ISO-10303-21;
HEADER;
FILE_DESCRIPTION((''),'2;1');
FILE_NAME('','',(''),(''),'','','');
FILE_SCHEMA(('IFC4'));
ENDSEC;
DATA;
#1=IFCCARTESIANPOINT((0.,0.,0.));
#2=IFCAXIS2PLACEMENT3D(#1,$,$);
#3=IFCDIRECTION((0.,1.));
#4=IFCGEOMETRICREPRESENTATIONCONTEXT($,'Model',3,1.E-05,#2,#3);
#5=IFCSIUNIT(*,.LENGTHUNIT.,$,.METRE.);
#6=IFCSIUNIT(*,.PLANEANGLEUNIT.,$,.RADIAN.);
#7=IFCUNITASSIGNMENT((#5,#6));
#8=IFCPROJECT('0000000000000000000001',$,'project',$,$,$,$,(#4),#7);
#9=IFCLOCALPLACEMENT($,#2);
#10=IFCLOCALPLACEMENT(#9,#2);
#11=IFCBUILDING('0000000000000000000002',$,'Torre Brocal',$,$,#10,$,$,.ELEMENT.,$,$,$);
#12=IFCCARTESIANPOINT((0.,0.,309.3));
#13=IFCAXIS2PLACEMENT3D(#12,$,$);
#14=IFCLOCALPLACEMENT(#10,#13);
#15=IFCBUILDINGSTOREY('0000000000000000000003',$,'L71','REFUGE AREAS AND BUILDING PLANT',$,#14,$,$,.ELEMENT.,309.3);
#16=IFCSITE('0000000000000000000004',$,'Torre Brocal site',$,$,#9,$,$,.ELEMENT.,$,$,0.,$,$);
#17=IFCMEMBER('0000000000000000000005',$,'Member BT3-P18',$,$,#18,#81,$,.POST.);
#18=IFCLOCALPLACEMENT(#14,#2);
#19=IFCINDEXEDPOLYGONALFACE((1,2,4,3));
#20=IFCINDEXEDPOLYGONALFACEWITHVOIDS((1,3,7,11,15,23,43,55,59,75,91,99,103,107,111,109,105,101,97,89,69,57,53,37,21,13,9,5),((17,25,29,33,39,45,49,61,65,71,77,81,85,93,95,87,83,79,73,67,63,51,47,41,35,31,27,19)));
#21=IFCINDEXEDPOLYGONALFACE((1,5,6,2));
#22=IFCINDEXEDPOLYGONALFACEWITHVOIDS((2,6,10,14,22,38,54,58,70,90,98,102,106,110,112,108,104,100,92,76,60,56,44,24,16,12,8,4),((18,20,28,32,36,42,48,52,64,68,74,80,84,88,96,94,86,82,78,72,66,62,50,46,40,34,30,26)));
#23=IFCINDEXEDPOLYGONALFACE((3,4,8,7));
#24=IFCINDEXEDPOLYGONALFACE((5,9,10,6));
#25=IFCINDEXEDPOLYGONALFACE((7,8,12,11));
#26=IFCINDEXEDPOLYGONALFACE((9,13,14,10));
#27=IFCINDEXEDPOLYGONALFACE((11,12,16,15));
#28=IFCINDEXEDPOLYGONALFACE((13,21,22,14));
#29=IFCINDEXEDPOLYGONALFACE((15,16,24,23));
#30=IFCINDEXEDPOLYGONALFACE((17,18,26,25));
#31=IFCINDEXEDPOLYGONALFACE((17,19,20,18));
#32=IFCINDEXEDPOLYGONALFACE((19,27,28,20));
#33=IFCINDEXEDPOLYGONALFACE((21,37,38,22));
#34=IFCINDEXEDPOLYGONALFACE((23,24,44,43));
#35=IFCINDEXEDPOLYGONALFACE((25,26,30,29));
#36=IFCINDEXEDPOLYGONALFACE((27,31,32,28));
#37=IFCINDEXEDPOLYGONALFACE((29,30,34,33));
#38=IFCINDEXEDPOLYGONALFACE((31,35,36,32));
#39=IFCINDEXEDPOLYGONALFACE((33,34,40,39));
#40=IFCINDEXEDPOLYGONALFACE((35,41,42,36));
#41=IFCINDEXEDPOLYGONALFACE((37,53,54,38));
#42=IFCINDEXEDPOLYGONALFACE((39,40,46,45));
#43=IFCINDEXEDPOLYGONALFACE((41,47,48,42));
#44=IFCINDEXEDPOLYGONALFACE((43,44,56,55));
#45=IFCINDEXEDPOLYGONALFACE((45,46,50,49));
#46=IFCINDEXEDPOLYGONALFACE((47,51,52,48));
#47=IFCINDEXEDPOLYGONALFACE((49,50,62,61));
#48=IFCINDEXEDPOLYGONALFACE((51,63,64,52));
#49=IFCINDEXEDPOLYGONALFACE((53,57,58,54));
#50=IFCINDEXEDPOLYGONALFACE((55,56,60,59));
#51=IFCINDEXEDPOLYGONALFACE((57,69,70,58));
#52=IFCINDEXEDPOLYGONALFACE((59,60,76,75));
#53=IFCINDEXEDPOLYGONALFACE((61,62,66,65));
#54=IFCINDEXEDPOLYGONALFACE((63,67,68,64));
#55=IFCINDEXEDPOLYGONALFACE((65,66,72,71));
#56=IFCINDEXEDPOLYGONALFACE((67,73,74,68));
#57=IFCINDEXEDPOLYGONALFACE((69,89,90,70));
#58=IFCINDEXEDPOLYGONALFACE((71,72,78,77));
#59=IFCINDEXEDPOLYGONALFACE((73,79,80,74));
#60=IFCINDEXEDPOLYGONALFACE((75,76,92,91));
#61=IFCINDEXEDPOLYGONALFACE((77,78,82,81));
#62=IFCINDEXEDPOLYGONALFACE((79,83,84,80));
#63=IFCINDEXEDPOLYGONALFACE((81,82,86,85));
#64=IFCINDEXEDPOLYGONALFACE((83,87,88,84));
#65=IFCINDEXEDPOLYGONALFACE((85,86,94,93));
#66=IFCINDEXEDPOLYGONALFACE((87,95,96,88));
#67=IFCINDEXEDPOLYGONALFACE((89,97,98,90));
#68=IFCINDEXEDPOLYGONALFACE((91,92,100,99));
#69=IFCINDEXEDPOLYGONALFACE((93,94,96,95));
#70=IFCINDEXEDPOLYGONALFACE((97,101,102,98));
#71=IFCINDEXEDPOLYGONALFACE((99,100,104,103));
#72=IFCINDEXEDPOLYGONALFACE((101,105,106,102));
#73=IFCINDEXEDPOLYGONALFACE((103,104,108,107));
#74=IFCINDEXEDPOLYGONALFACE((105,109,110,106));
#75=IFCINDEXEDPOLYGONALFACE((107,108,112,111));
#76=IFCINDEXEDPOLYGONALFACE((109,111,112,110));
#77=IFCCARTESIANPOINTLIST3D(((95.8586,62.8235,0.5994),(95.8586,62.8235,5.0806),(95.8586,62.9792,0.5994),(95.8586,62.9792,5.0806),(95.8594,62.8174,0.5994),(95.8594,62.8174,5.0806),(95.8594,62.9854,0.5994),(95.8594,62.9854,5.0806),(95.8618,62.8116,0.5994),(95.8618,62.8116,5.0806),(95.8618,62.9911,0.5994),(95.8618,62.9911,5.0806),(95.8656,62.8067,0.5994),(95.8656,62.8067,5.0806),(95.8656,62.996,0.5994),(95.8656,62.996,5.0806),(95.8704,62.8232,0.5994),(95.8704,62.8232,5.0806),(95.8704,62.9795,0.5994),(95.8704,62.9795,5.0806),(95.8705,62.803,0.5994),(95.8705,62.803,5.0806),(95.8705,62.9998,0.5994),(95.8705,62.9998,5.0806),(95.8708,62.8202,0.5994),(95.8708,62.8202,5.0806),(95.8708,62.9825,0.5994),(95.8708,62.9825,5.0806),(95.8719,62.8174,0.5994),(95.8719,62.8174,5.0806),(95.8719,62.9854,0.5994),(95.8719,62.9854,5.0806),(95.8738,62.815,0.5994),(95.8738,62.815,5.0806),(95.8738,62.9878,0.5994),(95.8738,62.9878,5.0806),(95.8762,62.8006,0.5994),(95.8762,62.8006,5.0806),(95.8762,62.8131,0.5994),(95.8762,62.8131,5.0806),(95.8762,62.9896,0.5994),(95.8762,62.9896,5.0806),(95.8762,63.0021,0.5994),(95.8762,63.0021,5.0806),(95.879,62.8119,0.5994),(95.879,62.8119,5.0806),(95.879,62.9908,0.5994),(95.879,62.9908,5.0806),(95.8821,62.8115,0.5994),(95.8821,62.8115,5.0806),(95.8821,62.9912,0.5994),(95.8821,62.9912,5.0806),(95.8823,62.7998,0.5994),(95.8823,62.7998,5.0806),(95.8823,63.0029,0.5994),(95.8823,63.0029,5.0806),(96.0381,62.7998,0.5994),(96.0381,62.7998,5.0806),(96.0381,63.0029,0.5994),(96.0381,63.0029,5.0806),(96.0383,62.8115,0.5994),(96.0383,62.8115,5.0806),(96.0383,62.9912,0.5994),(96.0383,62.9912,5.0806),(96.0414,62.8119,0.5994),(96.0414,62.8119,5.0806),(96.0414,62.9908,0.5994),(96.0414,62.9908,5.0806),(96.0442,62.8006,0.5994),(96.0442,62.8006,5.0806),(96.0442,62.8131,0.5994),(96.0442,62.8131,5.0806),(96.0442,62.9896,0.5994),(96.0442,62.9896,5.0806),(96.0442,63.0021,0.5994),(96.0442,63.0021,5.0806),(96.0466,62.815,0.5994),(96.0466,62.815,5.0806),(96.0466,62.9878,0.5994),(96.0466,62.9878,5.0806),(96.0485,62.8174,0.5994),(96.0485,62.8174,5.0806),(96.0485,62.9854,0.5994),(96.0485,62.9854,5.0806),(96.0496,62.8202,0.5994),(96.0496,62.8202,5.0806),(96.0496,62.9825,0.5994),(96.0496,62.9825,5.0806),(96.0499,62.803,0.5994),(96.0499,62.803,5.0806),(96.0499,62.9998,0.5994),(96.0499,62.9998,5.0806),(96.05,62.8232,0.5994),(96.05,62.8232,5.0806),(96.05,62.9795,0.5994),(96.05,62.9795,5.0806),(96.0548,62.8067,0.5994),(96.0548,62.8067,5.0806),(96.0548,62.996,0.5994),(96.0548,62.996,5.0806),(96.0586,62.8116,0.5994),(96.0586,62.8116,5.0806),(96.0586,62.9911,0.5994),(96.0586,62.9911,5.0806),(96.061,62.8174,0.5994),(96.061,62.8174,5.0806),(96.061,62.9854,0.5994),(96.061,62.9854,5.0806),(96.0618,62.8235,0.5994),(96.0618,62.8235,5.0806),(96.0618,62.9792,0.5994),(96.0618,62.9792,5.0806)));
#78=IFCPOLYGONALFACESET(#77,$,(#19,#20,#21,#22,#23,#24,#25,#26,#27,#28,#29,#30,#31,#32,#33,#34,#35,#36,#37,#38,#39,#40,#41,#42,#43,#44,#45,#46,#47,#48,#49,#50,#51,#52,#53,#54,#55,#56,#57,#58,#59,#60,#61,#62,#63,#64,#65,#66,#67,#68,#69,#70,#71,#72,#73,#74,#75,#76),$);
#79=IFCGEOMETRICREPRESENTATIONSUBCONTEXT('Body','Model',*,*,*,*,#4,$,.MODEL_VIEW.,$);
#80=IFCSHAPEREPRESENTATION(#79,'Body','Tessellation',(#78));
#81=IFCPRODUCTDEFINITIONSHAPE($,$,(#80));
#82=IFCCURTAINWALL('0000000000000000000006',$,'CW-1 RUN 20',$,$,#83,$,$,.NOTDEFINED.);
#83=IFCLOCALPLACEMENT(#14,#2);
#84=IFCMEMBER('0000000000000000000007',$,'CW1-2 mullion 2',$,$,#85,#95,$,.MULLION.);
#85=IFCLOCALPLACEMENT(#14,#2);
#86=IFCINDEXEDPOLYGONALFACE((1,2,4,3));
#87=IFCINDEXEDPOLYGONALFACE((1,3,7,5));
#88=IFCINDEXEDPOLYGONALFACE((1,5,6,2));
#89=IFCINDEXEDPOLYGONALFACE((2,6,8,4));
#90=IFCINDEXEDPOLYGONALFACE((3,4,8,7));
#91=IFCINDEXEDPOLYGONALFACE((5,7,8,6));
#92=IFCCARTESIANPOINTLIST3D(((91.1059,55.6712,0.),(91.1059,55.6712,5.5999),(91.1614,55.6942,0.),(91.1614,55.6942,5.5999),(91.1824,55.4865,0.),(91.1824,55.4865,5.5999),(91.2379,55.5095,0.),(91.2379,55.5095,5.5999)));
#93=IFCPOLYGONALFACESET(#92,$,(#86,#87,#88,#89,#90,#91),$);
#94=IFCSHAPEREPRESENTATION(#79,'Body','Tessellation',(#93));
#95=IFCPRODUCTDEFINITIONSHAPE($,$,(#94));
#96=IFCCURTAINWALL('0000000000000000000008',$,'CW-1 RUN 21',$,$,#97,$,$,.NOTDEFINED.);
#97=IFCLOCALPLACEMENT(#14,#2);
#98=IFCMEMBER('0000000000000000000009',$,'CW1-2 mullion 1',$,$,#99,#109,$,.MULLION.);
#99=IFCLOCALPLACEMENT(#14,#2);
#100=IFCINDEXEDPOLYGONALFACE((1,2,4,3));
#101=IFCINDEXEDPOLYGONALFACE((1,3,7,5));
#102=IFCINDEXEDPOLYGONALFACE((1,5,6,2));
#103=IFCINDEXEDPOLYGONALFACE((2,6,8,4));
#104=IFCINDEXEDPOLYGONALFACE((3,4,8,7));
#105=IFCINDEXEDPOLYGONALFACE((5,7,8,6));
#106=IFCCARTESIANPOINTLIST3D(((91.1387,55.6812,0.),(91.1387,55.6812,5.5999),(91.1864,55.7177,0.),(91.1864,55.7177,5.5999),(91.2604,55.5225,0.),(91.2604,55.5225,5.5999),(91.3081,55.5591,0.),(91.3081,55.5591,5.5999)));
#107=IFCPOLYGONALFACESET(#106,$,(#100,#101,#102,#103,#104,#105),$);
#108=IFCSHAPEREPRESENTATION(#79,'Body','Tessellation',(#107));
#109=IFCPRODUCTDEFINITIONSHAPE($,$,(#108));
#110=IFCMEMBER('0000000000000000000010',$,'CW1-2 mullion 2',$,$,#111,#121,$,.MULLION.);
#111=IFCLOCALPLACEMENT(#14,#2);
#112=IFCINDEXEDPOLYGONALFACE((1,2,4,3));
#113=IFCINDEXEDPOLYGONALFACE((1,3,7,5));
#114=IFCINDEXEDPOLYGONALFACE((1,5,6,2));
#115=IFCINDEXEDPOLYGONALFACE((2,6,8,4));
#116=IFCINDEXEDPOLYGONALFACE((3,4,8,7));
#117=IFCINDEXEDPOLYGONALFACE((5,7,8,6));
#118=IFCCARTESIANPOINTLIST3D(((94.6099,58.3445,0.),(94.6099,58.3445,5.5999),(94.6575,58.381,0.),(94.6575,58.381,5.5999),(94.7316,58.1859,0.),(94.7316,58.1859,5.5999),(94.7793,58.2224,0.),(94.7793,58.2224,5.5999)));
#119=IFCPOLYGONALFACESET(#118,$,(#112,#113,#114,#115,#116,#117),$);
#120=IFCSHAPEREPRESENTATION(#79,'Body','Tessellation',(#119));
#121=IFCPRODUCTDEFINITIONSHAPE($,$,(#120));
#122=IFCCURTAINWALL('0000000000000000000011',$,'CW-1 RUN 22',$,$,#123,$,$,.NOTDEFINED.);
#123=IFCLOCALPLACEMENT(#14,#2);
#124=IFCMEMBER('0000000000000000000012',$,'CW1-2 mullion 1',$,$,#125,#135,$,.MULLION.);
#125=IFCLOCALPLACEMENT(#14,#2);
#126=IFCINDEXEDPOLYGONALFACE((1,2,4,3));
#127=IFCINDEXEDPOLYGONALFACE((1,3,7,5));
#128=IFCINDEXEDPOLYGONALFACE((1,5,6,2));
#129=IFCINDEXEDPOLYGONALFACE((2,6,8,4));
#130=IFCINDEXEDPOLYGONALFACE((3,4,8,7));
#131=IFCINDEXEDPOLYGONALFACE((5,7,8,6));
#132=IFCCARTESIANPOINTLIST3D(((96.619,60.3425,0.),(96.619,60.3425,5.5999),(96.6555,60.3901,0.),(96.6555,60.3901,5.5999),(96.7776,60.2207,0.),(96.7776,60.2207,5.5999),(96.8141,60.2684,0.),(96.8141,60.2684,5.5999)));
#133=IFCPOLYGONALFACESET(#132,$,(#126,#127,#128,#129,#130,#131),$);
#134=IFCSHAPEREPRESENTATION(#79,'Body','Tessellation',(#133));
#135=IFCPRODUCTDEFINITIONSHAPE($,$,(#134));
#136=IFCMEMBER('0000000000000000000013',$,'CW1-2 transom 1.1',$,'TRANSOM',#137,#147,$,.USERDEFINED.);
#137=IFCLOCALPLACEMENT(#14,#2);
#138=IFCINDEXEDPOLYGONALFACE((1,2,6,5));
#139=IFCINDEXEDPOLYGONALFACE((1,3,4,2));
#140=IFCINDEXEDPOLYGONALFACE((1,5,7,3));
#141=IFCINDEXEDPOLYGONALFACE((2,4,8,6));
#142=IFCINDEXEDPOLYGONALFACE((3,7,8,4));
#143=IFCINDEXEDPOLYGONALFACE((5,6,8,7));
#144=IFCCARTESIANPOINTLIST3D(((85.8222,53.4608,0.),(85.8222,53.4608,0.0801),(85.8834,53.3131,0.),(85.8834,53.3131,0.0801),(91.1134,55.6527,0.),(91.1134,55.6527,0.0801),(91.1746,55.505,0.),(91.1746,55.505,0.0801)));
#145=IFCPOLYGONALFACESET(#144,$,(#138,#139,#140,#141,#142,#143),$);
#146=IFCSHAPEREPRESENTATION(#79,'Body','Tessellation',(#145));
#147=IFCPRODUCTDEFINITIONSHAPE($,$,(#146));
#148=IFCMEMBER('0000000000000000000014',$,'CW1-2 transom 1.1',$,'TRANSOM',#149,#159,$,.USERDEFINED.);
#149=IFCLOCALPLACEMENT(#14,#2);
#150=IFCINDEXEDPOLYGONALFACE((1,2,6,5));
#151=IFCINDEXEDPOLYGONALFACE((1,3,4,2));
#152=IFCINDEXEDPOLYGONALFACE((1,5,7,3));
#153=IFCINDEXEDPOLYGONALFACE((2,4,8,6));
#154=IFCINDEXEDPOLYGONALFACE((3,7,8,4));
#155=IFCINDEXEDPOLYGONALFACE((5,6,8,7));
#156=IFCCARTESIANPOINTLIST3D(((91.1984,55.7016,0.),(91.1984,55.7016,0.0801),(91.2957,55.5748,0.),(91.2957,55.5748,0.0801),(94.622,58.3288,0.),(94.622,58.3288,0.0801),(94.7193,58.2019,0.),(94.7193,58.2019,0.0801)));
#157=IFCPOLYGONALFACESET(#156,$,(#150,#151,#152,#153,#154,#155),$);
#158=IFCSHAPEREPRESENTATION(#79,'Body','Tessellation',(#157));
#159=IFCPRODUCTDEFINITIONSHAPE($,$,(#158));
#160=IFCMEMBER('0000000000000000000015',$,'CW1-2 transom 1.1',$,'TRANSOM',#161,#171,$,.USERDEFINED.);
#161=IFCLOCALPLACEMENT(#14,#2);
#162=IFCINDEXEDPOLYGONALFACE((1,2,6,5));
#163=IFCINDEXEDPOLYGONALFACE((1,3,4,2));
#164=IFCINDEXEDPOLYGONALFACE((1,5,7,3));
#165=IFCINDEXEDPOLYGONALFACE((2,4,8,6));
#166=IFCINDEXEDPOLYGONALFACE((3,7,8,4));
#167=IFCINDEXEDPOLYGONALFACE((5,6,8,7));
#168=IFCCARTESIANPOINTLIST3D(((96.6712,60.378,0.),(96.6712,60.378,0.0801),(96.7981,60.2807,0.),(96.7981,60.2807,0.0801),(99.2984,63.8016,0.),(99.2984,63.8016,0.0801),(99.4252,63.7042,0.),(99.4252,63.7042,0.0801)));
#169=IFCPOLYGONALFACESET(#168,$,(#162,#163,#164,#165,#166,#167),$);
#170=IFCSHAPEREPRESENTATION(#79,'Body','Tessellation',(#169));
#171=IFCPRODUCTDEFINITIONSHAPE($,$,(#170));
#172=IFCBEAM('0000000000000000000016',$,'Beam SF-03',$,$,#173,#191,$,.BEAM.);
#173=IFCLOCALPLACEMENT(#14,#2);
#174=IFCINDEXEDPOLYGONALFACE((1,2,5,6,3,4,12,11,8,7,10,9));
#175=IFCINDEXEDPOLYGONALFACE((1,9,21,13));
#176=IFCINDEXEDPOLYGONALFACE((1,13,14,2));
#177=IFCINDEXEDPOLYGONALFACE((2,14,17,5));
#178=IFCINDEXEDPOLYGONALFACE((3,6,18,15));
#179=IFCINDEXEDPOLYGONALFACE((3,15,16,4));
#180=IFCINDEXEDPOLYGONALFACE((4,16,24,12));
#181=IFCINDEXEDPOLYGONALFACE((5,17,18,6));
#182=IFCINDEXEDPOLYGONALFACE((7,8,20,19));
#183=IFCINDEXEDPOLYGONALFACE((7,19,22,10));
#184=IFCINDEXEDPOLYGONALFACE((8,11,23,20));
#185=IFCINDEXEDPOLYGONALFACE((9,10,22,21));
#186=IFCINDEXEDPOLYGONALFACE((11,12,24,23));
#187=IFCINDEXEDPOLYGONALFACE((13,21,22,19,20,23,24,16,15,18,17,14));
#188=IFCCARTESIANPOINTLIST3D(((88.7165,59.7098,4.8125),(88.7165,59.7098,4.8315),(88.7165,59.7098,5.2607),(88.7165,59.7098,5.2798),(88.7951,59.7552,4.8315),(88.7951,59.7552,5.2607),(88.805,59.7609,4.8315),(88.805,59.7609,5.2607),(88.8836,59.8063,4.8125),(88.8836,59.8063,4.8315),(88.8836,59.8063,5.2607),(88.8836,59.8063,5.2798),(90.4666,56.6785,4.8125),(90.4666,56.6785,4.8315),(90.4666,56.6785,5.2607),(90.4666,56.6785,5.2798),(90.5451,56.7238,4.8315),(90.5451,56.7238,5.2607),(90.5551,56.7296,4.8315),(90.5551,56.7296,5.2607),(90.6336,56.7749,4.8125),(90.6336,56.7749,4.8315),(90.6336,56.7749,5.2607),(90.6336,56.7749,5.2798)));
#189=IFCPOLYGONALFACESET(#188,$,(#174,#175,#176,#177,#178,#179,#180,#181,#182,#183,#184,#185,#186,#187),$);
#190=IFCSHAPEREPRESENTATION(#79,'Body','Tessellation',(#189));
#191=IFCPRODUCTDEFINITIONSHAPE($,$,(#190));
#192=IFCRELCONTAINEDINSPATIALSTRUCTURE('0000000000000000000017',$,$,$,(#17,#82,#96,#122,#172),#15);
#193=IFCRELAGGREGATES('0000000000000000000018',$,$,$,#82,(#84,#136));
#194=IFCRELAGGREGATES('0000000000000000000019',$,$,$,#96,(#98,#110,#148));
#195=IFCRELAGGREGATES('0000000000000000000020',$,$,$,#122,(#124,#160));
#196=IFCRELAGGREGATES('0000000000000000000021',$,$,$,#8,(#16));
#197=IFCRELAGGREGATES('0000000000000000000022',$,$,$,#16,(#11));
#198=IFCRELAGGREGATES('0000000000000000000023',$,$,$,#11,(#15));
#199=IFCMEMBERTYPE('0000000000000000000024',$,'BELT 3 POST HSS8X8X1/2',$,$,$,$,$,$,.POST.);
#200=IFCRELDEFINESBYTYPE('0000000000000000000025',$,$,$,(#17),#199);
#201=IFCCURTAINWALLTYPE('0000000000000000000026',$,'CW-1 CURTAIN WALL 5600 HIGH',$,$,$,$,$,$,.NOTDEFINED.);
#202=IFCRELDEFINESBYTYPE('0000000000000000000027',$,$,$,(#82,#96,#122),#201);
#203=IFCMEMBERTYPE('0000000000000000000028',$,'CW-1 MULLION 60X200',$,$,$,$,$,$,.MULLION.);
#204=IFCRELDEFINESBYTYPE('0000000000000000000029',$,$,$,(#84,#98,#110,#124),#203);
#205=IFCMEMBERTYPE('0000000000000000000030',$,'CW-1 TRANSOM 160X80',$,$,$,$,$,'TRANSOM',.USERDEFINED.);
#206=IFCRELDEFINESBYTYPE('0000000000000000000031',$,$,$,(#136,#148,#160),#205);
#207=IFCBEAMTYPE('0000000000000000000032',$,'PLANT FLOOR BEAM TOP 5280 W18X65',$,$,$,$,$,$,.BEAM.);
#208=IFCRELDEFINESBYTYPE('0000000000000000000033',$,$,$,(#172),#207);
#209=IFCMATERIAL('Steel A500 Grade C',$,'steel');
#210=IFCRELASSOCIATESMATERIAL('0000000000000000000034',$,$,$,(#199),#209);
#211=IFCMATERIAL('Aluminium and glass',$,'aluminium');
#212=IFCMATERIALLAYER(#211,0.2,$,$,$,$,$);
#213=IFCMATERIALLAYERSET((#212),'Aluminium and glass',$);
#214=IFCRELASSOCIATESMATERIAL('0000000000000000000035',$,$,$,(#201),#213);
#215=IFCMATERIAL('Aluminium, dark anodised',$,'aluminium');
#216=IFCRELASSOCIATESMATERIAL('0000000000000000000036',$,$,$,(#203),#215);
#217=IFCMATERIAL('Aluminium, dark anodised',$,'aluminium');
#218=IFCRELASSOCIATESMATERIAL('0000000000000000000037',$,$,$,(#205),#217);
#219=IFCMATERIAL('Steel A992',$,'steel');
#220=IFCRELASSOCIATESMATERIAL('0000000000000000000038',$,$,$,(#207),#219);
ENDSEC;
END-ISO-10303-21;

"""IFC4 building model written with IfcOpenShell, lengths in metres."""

from ifc_helpers import new_model, si_unit, direction, frame, origin, origin_2d, place, context, subcontext, project, spatial, rectangle, hollow_rectangle, i_section, extrude, material, layer, layer_set, material_profile, profile_set, type_object, element, aggregate, save


model = new_model("IFC4")

# Units and contexts
model_context = context("Model", 3, precision=1e-05, world=origin(), true_north=direction((0.0, 1.0)))
body_context = subcontext(model_context, "Body", "Model", "MODEL_VIEW")
ifc_project = project(units=[si_unit("LENGTHUNIT", "METRE"), si_unit("PLANEANGLEUNIT", "RADIAN")], contexts=[model_context])

# Site, building, storey
site_placement = place(None, origin())
site = spatial("IfcSite", under=ifc_project, at=site_placement, Name="Torre Brocal site", CompositionType="ELEMENT", RefElevation=0.0)
building_placement = place(site_placement, origin())
building = spatial("IfcBuilding", under=site, at=building_placement, Name="Torre Brocal", CompositionType="ELEMENT")
storey_placement = place(building_placement, frame((0.0, 0.0, 309.3)))
storey = spatial("IfcBuildingStorey", under=building, at=storey_placement, Name="L71", Description="REFUGE AREAS AND BUILDING PLANT", CompositionType="ELEMENT", Elevation=309.3)

# Member
ifc_material_1 = material(Name="Steel A500 Grade C", Category="steel")
ifc_material_profile_1 = material_profile(ifc_material_1, hollow_rectangle(XDim=0.2031, YDim=0.2031, WallThickness=0.0117, InnerFilletRadius=0.0117, OuterFilletRadius=0.0237, at=origin_2d()), Name="HSS8X8X1/2")
ifc_profile_set_1 = profile_set([ifc_material_profile_1], Name="Steel A500 Grade C")
member_type_1 = type_object("IfcMemberType", Name="BELT 3 POST HSS8X8X1/2", PredefinedType="POST", material=ifc_profile_set_1)
for number, where, z_axis, x_axis, name in (
    (1, (95.9602, 62.9014, 0.5994), (0.0, 0.0, 1.0), (1.0, 0.0, 0.0), "Member BT3-P18"),
):
    element("IfcMember", number, at=place(storey_placement, frame(where, z_axis=z_axis, x_axis=x_axis)), inside=storey, type_object=member_type_1, Name=name, PredefinedType="POST", context=body_context, shape_type="SweptSolid", body=[
        extrude(hollow_rectangle(XDim=0.2031, YDim=0.2031, WallThickness=0.0117, InnerFilletRadius=0.0117, OuterFilletRadius=0.0237, at=origin_2d()), origin(), (0.0, 0.0, 1.0), 4.4812),
    ])

# Curtain wall, member
ifc_material_2 = material(Name="Aluminium and glass", Category="aluminium")
ifc_layer_1 = layer(ifc_material_2, 0.2)
ifc_layer_set_1 = layer_set([ifc_layer_1], Name="Aluminium and glass")
curtain_wall_type = type_object("IfcCurtainWallType", Name="CW-1 CURTAIN WALL 5600 HIGH", PredefinedType="NOTDEFINED", material=ifc_layer_set_1)
curtain_wall_1_placement = place(storey_placement, origin())
curtain_wall_1 = element("IfcCurtainWall", 2, at=curtain_wall_1_placement, inside=storey, type_object=curtain_wall_type, Name="CW-1 RUN 20", PredefinedType="NOTDEFINED")
ifc_material_3 = material(Name="Aluminium, dark anodised", Category="aluminium")
ifc_material_profile_2 = material_profile(ifc_material_3, rectangle(XDim=0.2, YDim=0.0601, at=origin_2d()), Name="CW-1 MULLION 60X200")
ifc_profile_set_2 = profile_set([ifc_material_profile_2], Name="Aluminium, dark anodised")
member_type_2 = type_object("IfcMemberType", Name="CW-1 MULLION 60X200", PredefinedType="MULLION", material=ifc_profile_set_2)
member_1_placement = place(storey_placement, frame((91.1719, 55.5903, 0.0), z_axis=(0.0, 0.0, 1.0), x_axis=(-0.382683, 0.92388, 0.0)))
member_1 = element("IfcMember", 3, at=member_1_placement, type_object=member_type_2, Name="CW1-2 mullion 2", PredefinedType="MULLION", context=body_context, shape_type="SweptSolid", body=[
    extrude(rectangle(XDim=0.2, YDim=0.0601, at=origin_2d()), origin(), (0.0, 0.0, 1.0), 5.5999),
])

# Curtain wall, members
curtain_wall_2_placement = place(storey_placement, origin())
curtain_wall_2 = element("IfcCurtainWall", 4, at=curtain_wall_2_placement, inside=storey, type_object=curtain_wall_type, Name="CW-1 RUN 21", PredefinedType="NOTDEFINED")
member_2_placement = place(storey_placement, frame((91.2234, 55.6201, 0.0), z_axis=(0.0, 0.0, 1.0), x_axis=(-0.608761, 0.793353, 0.0)))
member_2 = element("IfcMember", 5, at=member_2_placement, type_object=member_type_2, Name="CW1-2 mullion 1", PredefinedType="MULLION", context=body_context, shape_type="SweptSolid", body=[
    extrude(rectangle(XDim=0.2, YDim=0.0601, at=origin_2d()), origin(), (0.0, 0.0, 1.0), 5.5999),
])
member_3_placement = place(storey_placement, frame((94.6946, 58.2834, 0.0), z_axis=(0.0, 0.0, 1.0), x_axis=(-0.608761, 0.793353, 0.0)))
member_3 = element("IfcMember", 6, at=member_3_placement, type_object=member_type_2, Name="CW1-2 mullion 2", PredefinedType="MULLION", context=body_context, shape_type="SweptSolid", body=[
    extrude(rectangle(XDim=0.2, YDim=0.0601, at=origin_2d()), origin(), (0.0, 0.0, 1.0), 5.5999),
])

# Curtain wall, member
curtain_wall_3_placement = place(storey_placement, origin())
curtain_wall_3 = element("IfcCurtainWall", 7, at=curtain_wall_3_placement, inside=storey, type_object=curtain_wall_type, Name="CW-1 RUN 22", PredefinedType="NOTDEFINED")
member_4_placement = place(storey_placement, frame((96.7166, 60.3054, 0.0), z_axis=(0.0, 0.0, 1.0), x_axis=(-0.793353, 0.608761, 0.0)))
member_4 = element("IfcMember", 8, at=member_4_placement, type_object=member_type_2, Name="CW1-2 mullion 1", PredefinedType="MULLION", context=body_context, shape_type="SweptSolid", body=[
    extrude(rectangle(XDim=0.2, YDim=0.0601, at=origin_2d()), origin(), (0.0, 0.0, 1.0), 5.5999),
])

# Members
ifc_material_4 = material(Name="Aluminium, dark anodised", Category="aluminium")
ifc_material_profile_3 = material_profile(ifc_material_4, rectangle(XDim=0.1599, YDim=0.0801, at=origin_2d()), Name="CW-1 TRANSOM 160X80")
ifc_profile_set_3 = profile_set([ifc_material_profile_3], Name="Aluminium, dark anodised")
member_type_3 = type_object("IfcMemberType", Name="CW-1 TRANSOM 160X80", ElementType="TRANSOM", PredefinedType="USERDEFINED", material=ifc_profile_set_3)
member_5_placement = place(storey_placement, frame((85.8528, 53.387, 0.04), z_axis=(0.923868, 0.382711, 0.0), x_axis=(-0.382711, 0.923868, 0.0)))
member_5 = element("IfcMember", 9, at=member_5_placement, type_object=member_type_3, Name="CW1-2 transom 1.1", ObjectType="TRANSOM", PredefinedType="USERDEFINED", context=body_context, shape_type="SweptSolid", body=[
    extrude(rectangle(XDim=0.1599, YDim=0.0801, at=origin_2d()), origin(), (0.0, 0.0, 1.0), 5.7273),
])
member_6_placement = place(storey_placement, frame((91.2471, 55.6382, 0.04), z_axis=(0.793332, 0.608789, 0.0), x_axis=(-0.608789, 0.793332, 0.0)))
member_6 = element("IfcMember", 10, at=member_6_placement, type_object=member_type_3, Name="CW1-2 transom 1.1", ObjectType="TRANSOM", PredefinedType="USERDEFINED", context=body_context, shape_type="SweptSolid", body=[
    extrude(rectangle(XDim=0.1599, YDim=0.0801, at=origin_2d()), origin(), (0.0, 0.0, 1.0), 4.3154),
])
member_7_placement = place(storey_placement, frame((96.7346, 60.3293, 0.04), z_axis=(0.608789, 0.793332, 0.0), x_axis=(-0.793332, 0.608789, 0.0)))
member_7 = element("IfcMember", 11, at=member_7_placement, type_object=member_type_3, Name="CW1-2 transom 1.1", ObjectType="TRANSOM", PredefinedType="USERDEFINED", context=body_context, shape_type="SweptSolid", body=[
    extrude(rectangle(XDim=0.1599, YDim=0.0801, at=origin_2d()), origin(), (0.0, 0.0, 1.0), 4.3154),
])

# Beam
ifc_material_5 = material(Name="Steel A992", Category="steel")
ifc_material_profile_4 = material_profile(ifc_material_5, i_section(OverallWidth=0.1929, OverallDepth=0.4673, WebThickness=0.0115, FlangeThickness=0.019, at=origin_2d()), Name="W18X65")
ifc_profile_set_4 = profile_set([ifc_material_profile_4], Name="Steel A992")
beam_type_1 = type_object("IfcBeamType", Name="PLANT FLOOR BEAM TOP 5280 W18X65", PredefinedType="BEAM", material=ifc_profile_set_4)
beam_1_placement = place(storey_placement, frame((88.8, 59.7581, 5.0461), z_axis=(0.49998, -0.866037, 0.0), x_axis=(0.866037, 0.49998, 0.0)))
element("IfcBeam", 12, at=beam_1_placement, inside=storey, type_object=beam_type_1, Name="Beam SF-03", PredefinedType="BEAM", context=body_context, shape_type="SweptSolid", body=[
    extrude(i_section(OverallWidth=0.1929, OverallDepth=0.4673, WebThickness=0.0115, FlangeThickness=0.019, at=origin_2d()), origin(), (0.0, 0.0, 1.0), 3.5002),
])

aggregate(curtain_wall_1, [member_1, member_5])
aggregate(curtain_wall_2, [member_2, member_3, member_6])
aggregate(curtain_wall_3, [member_4, member_7])

save(model, "model.ifc")
